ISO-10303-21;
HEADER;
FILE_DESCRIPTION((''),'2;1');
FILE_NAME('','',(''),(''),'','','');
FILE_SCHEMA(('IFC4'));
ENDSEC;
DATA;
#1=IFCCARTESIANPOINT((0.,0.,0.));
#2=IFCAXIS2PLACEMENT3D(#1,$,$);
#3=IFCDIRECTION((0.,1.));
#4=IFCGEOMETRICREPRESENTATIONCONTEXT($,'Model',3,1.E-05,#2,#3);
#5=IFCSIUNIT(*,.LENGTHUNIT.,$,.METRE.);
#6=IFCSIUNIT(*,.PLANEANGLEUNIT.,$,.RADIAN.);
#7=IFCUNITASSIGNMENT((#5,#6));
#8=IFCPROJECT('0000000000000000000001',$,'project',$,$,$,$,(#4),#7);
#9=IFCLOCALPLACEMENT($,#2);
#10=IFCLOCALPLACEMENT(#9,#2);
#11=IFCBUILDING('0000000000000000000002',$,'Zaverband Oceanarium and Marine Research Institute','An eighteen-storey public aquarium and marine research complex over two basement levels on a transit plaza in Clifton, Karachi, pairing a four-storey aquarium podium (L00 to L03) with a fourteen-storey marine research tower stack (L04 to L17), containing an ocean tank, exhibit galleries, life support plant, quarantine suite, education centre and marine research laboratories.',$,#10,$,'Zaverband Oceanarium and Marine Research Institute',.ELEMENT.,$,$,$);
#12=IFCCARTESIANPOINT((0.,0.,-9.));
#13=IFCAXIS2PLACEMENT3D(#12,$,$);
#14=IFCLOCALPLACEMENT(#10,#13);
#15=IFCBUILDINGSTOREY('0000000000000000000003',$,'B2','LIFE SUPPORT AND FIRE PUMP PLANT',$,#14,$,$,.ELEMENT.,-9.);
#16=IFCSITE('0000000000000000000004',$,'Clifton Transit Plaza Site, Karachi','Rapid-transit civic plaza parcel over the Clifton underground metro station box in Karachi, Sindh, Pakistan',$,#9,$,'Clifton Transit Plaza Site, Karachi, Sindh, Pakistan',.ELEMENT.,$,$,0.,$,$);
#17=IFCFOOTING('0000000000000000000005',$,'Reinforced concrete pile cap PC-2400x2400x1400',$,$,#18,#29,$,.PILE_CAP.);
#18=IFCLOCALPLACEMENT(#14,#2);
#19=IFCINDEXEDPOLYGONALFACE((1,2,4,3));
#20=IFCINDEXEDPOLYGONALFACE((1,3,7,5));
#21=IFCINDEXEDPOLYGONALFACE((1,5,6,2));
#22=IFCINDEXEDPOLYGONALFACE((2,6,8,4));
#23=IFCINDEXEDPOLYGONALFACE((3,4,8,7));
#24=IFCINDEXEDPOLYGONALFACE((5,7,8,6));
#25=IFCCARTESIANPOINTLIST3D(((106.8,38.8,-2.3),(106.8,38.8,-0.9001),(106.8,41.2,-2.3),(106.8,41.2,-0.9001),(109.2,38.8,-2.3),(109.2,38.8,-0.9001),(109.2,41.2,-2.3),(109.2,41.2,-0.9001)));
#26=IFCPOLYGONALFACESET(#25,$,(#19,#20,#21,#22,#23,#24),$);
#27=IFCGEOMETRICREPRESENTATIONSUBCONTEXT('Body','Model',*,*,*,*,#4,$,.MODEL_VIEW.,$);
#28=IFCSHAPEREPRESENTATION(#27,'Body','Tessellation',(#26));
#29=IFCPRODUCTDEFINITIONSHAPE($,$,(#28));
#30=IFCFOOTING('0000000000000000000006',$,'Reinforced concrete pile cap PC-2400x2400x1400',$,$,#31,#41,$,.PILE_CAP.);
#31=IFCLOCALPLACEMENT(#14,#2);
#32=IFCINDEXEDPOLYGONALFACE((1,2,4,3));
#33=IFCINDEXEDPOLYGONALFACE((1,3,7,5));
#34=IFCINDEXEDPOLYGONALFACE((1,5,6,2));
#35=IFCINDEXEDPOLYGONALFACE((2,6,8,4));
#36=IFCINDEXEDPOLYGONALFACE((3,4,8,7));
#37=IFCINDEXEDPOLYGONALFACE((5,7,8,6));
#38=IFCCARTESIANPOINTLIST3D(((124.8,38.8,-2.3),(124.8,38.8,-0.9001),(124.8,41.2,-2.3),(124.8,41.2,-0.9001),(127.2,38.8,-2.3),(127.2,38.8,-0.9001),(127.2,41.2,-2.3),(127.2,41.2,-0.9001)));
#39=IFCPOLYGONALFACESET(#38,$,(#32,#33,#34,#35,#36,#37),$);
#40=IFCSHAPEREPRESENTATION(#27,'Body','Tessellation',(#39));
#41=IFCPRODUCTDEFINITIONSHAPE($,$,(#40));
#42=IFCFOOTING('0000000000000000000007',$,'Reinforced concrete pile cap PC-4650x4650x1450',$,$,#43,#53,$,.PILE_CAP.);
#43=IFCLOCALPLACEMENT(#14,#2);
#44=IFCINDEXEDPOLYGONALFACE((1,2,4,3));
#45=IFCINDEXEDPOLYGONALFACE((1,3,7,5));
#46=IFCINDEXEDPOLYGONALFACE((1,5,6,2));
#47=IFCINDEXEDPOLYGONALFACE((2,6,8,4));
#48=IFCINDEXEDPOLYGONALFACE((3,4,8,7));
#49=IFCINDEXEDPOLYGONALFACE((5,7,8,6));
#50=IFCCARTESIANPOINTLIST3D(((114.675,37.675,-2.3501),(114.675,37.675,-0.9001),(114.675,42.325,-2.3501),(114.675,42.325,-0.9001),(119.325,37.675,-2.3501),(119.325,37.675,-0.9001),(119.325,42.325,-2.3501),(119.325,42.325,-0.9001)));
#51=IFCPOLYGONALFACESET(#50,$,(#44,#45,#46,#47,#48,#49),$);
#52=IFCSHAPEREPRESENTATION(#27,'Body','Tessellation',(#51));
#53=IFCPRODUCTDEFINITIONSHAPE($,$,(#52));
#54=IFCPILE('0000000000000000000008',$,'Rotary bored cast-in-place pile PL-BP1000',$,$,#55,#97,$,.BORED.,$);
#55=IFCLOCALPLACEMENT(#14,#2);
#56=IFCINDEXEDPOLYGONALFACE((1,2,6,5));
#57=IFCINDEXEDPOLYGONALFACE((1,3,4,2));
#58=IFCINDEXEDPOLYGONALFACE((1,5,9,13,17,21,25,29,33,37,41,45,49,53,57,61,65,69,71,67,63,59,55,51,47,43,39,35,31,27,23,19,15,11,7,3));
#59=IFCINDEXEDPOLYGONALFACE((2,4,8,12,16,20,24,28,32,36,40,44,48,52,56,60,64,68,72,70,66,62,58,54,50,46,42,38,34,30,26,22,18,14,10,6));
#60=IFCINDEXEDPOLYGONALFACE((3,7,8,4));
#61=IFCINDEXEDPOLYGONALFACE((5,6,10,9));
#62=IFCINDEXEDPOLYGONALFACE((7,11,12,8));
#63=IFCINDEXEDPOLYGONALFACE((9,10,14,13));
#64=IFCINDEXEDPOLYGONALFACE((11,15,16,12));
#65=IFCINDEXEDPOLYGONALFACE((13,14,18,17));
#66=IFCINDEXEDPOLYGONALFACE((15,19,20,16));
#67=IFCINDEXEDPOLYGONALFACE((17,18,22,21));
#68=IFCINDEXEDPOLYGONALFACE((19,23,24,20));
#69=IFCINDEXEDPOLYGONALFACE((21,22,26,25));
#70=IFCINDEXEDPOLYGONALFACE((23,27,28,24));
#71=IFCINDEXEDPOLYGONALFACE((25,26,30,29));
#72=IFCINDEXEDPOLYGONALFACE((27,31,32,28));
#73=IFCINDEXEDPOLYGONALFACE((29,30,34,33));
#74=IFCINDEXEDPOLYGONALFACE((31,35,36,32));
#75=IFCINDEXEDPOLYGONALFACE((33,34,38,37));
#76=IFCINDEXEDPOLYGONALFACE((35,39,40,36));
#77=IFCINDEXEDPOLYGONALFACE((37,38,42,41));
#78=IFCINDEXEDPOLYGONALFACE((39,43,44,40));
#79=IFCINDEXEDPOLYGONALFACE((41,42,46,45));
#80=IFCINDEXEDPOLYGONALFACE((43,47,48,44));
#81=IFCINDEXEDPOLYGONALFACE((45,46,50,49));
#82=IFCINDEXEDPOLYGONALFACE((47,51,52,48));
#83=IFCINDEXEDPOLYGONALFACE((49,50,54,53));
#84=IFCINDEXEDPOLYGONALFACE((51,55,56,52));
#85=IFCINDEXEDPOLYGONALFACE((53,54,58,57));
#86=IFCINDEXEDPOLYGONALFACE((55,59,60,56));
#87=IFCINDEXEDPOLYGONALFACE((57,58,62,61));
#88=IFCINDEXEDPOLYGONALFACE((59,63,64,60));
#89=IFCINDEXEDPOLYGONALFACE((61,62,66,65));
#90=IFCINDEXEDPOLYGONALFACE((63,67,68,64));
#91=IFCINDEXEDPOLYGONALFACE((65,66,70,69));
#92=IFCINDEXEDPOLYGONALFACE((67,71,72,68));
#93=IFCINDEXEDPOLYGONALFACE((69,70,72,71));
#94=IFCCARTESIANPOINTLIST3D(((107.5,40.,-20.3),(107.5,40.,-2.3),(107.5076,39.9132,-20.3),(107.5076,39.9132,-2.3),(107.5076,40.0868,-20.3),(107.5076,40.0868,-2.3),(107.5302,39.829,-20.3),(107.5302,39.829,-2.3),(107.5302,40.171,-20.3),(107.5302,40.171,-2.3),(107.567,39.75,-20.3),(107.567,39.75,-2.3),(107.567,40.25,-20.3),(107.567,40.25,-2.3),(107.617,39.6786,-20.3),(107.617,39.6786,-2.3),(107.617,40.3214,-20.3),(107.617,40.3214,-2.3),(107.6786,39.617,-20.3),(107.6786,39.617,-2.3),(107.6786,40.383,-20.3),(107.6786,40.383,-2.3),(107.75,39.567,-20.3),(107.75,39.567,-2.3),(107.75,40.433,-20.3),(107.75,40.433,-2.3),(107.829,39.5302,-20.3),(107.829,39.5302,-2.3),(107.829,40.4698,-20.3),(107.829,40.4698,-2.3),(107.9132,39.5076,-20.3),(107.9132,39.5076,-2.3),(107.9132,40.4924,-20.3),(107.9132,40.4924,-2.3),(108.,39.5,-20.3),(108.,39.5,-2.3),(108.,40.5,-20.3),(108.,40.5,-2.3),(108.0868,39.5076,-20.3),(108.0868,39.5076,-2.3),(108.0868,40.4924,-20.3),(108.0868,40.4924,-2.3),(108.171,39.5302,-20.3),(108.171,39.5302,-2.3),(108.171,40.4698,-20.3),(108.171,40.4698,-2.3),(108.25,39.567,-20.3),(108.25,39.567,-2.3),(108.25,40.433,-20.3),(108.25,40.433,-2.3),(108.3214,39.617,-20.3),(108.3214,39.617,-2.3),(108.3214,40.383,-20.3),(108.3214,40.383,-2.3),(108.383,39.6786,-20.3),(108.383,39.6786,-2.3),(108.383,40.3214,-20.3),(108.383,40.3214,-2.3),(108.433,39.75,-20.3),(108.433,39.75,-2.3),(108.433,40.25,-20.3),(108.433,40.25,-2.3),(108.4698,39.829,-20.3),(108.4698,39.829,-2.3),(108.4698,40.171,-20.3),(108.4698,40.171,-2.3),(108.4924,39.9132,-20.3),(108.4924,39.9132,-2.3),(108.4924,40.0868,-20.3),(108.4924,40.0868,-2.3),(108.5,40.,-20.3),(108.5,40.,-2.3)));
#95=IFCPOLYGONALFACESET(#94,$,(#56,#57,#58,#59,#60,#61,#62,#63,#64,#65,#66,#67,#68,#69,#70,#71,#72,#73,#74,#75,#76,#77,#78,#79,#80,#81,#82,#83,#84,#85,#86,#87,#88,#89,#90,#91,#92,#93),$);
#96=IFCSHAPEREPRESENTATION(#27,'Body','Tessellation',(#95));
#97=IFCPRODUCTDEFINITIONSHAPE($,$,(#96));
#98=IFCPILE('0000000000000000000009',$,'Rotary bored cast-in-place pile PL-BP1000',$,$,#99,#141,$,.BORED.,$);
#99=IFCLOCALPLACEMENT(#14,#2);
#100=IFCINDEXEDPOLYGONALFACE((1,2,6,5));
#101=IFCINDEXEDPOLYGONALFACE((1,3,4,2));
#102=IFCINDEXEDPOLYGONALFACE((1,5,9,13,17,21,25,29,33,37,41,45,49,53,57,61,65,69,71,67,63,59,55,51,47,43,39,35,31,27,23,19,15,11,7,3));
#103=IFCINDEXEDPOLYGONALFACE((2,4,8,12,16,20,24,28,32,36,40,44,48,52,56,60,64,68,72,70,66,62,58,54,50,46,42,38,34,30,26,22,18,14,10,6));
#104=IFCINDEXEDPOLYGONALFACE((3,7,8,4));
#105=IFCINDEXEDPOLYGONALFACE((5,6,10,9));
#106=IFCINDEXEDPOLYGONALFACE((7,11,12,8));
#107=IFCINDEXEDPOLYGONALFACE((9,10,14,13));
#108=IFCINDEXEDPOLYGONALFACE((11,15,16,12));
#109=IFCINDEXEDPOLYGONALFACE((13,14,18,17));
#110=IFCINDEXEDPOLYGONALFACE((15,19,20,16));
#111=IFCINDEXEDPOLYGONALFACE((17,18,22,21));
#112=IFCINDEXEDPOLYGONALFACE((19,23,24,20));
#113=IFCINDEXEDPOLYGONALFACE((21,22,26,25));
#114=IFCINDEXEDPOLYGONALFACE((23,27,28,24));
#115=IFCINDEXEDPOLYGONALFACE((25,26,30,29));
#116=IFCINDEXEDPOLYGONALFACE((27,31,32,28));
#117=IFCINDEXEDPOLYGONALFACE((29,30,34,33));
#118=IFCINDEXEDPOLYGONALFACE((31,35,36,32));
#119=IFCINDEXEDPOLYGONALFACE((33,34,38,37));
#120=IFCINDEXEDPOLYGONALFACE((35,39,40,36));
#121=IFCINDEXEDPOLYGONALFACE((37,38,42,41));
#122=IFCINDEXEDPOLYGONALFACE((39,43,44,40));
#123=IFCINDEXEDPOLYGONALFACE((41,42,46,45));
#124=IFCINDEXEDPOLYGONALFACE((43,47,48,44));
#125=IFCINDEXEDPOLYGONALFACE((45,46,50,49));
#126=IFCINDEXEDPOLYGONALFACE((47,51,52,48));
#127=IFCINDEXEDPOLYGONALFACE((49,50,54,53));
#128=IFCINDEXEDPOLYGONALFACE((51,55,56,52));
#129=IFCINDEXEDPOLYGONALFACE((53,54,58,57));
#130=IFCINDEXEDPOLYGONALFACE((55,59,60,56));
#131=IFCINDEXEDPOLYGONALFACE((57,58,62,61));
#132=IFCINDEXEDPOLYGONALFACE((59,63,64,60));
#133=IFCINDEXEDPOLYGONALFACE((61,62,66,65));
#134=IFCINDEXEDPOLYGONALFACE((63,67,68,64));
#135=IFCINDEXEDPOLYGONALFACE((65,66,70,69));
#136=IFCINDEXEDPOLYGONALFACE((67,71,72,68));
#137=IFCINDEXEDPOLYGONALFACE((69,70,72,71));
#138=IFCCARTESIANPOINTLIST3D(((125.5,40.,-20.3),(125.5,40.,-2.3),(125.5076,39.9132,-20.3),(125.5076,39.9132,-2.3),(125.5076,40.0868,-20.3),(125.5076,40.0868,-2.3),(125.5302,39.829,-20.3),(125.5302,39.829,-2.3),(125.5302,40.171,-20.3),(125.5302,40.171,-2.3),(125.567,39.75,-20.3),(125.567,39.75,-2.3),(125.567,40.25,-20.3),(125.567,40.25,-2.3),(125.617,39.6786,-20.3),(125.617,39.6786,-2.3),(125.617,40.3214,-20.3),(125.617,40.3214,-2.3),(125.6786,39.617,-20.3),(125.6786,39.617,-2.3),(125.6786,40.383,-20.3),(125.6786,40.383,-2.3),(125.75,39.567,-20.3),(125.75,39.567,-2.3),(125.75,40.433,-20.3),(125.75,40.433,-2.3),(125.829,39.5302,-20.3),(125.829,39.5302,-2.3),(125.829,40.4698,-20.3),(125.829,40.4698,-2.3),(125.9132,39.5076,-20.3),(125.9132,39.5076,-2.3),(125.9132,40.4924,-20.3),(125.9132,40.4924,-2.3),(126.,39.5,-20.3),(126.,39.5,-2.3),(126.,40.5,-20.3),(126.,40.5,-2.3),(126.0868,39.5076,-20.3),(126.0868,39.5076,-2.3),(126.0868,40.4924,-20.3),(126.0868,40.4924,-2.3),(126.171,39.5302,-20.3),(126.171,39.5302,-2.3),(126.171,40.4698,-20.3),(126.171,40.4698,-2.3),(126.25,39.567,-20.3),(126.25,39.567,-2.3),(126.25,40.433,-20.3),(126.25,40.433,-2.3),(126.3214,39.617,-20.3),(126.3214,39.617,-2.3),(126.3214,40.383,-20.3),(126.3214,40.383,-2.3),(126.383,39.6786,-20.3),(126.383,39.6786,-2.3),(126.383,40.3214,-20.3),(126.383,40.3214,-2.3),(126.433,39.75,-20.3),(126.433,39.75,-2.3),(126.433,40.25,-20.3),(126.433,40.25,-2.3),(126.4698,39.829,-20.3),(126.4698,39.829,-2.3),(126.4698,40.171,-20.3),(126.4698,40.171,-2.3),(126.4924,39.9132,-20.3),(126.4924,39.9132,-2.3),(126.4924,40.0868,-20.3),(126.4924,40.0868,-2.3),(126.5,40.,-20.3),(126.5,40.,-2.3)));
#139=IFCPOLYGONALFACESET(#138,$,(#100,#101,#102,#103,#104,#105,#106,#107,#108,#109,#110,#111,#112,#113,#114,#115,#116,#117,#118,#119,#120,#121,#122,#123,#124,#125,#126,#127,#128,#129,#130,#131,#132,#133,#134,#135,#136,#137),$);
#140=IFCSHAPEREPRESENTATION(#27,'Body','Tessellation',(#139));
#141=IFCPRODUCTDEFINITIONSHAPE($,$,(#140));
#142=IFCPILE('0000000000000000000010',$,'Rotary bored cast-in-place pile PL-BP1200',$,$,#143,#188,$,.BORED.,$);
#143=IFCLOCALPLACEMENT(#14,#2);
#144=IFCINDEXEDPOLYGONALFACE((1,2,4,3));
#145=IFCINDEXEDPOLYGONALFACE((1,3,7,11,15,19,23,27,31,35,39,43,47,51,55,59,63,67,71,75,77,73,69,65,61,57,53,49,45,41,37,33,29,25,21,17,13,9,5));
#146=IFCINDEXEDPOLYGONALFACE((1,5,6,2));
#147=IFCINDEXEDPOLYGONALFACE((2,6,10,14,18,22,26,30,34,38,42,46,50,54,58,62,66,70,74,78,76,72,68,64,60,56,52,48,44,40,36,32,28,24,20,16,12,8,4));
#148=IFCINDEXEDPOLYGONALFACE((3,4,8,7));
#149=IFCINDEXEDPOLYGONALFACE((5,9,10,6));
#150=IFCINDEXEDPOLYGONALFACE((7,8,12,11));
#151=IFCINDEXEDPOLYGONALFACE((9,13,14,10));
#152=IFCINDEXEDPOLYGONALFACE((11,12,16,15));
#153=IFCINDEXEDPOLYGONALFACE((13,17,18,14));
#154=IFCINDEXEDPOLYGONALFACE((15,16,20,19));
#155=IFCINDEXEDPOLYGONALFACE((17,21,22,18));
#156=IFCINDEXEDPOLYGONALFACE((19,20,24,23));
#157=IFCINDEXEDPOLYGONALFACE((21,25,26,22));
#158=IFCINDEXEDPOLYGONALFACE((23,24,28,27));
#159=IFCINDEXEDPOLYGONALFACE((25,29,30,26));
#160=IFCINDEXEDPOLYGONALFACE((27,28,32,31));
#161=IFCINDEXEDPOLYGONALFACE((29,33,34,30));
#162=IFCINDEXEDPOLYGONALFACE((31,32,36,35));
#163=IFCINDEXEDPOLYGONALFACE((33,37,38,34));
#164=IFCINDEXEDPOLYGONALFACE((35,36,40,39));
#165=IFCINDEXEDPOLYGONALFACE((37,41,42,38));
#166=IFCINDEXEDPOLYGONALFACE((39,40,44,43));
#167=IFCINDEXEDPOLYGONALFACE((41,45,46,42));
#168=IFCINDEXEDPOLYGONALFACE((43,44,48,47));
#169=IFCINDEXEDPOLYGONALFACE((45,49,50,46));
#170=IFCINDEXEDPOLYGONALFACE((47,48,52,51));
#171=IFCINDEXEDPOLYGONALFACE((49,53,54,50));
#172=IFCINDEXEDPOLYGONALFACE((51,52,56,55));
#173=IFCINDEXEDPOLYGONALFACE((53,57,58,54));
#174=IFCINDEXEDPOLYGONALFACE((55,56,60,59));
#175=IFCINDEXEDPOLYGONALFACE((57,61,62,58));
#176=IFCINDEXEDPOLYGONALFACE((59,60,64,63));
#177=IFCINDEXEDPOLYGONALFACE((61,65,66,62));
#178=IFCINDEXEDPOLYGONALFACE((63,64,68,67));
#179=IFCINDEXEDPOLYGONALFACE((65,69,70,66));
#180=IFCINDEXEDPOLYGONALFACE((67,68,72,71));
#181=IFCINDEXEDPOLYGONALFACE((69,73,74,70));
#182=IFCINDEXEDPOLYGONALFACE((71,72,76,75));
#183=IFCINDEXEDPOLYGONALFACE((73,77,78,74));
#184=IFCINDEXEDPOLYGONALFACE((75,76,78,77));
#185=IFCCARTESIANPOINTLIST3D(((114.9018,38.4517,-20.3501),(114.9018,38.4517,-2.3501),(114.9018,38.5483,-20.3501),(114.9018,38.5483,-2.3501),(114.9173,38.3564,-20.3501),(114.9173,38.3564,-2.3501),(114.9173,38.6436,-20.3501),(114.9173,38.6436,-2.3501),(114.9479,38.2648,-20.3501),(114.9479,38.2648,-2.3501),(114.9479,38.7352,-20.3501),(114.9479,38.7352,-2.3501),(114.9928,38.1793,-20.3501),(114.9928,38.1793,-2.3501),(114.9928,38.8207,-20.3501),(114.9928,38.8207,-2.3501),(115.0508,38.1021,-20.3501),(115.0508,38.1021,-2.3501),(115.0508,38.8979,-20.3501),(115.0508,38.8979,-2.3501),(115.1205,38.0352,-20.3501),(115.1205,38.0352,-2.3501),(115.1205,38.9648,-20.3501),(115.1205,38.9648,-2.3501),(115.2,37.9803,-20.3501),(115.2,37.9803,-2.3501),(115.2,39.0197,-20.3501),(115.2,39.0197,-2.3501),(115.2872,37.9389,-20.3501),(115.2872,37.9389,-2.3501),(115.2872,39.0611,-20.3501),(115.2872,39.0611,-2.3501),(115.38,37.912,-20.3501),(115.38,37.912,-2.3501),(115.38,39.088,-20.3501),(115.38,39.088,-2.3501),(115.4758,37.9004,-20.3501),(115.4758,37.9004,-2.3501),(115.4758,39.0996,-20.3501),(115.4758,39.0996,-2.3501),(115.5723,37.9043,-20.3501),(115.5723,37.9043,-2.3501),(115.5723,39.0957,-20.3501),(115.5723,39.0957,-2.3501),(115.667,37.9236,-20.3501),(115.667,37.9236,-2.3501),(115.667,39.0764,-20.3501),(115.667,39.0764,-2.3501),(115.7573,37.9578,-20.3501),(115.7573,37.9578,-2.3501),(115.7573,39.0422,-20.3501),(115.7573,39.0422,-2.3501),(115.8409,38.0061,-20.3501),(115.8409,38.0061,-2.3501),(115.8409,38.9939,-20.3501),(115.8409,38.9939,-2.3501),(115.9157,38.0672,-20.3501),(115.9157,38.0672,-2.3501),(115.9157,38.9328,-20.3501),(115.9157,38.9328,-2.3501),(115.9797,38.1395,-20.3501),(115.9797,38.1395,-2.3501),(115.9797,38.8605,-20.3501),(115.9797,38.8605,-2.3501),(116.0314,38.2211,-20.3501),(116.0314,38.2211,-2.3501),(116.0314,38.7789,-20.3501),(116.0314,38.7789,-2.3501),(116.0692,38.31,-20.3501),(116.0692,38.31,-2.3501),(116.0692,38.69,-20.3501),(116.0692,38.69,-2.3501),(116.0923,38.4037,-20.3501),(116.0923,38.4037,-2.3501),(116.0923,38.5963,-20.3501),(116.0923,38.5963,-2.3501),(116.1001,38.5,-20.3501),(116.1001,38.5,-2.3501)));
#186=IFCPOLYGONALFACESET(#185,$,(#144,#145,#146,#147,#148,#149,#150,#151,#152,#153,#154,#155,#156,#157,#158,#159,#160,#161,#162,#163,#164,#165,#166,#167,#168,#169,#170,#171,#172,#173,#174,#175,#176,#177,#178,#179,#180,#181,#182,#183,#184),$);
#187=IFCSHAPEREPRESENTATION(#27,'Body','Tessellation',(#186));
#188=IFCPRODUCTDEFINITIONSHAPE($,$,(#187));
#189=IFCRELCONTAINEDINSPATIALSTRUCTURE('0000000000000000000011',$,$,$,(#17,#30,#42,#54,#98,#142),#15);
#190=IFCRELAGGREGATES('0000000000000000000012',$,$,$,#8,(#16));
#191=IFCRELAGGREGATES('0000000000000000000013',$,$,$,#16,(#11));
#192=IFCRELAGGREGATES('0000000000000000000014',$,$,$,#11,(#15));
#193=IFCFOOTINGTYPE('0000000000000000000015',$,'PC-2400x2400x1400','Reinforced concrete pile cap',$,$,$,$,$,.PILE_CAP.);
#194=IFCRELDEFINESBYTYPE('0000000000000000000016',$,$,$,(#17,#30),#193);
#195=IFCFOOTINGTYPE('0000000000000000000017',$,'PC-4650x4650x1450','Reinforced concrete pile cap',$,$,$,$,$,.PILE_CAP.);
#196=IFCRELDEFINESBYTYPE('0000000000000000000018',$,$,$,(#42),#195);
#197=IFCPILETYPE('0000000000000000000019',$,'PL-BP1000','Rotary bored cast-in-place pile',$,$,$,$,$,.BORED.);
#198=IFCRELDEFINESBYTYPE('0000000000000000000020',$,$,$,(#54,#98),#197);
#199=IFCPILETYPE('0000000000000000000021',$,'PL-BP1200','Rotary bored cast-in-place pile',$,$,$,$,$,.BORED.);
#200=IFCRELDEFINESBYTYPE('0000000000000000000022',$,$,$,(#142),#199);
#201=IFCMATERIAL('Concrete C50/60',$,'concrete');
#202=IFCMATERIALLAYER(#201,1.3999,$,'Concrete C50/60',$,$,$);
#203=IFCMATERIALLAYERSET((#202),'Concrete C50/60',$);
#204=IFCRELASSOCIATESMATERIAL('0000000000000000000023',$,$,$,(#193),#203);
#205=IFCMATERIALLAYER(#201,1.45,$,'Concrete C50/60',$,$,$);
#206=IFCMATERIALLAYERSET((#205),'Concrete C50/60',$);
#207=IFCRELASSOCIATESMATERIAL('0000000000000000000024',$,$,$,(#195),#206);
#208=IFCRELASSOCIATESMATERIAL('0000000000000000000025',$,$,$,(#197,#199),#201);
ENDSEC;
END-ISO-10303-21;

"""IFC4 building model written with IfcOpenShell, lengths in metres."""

from ifc_helpers import new_model, si_unit, direction, frame, origin, origin_2d, place, context, subcontext, project, spatial, rectangle, circle, extrude, material, layer, layer_set, material_profile, profile_set, type_object, element, save


model = new_model("IFC4")

# Units and contexts
model_context = context("Model", 3, precision=1e-05, world=origin(), true_north=direction((0.0, 1.0)))
body_context = subcontext(model_context, "Body", "Model", "MODEL_VIEW")
ifc_project = project(units=[si_unit("LENGTHUNIT", "METRE"), si_unit("PLANEANGLEUNIT", "RADIAN")], contexts=[model_context])

# Site, building, storey
site_placement = place(None, origin())
site = spatial("IfcSite", under=ifc_project, at=site_placement, Name="Clifton Transit Plaza Site, Karachi", Description="Rapid-transit civic plaza parcel over the Clifton underground metro station box in Karachi, Sindh, Pakistan", LongName="Clifton Transit Plaza Site, Karachi, Sindh, Pakistan", CompositionType="ELEMENT", RefElevation=0.0)
building_placement = place(site_placement, origin())
building = spatial("IfcBuilding", under=site, at=building_placement, Name="Zaverband Oceanarium and Marine Research Institute", Description="An eighteen-storey public aquarium and marine research complex over two basement levels on a transit plaza in Clifton, Karachi, pairing a four-storey aquarium podium (L00 to L03) with a fourteen-storey marine research tower stack (L04 to L17), containing an ocean tank, exhibit galleries, life support plant, quarantine suite, education centre and marine research laboratories.", LongName="Zaverband Oceanarium and Marine Research Institute", CompositionType="ELEMENT")
storey_placement = place(building_placement, frame((0.0, 0.0, -9.0)))
storey = spatial("IfcBuildingStorey", under=building, at=storey_placement, Name="B2", Description="LIFE SUPPORT AND FIRE PUMP PLANT", CompositionType="ELEMENT", Elevation=-9.0)

# Footings
ifc_material_1 = material(Name="Concrete C50/60", Category="concrete")
ifc_layer_1 = layer(ifc_material_1, 1.3999, Name="Concrete C50/60")
ifc_layer_set_1 = layer_set([ifc_layer_1], Name="Concrete C50/60")
footing_type_1 = type_object("IfcFootingType", Name="PC-2400x2400x1400", Description="Reinforced concrete pile cap", PredefinedType="PILE_CAP", material=ifc_layer_set_1)
for number, where, z_axis, x_axis, name in (
    (1, (108.0, 40.0, -2.3), (0.0, 0.0, 1.0), (1.0, 0.0, 0.0), "Reinforced concrete pile cap PC-2400x2400x1400"),
    (2, (126.0, 40.0, -2.3), (0.0, 0.0, 1.0), (1.0, 0.0, 0.0), "Reinforced concrete pile cap PC-2400x2400x1400"),
):
    element("IfcFooting", number, at=place(storey_placement, frame(where, z_axis=z_axis, x_axis=x_axis)), inside=storey, type_object=footing_type_1, Name=name, PredefinedType="PILE_CAP", context=body_context, shape_type="SweptSolid", body=[
        extrude(rectangle(XDim=2.3999, YDim=2.3999, at=origin_2d()), origin(), (0.0, 0.0, 1.0), 1.3999),
    ])
ifc_layer_2 = layer(ifc_material_1, 1.45, Name="Concrete C50/60")
ifc_layer_set_2 = layer_set([ifc_layer_2], Name="Concrete C50/60")
footing_type_2 = type_object("IfcFootingType", Name="PC-4650x4650x1450", Description="Reinforced concrete pile cap", PredefinedType="PILE_CAP", material=ifc_layer_set_2)
footing_placement = place(storey_placement, frame((117.0, 40.0, -2.3501), z_axis=(0.0, 0.0, 1.0), x_axis=(1.0, 0.0, 0.0)))
element("IfcFooting", 3, at=footing_placement, inside=storey, type_object=footing_type_2, Name="Reinforced concrete pile cap PC-4650x4650x1450", PredefinedType="PILE_CAP", context=body_context, shape_type="SweptSolid", body=[
    extrude(rectangle(XDim=4.6499, YDim=4.6499, at=origin_2d()), origin(), (0.0, 0.0, 1.0), 1.45),
])

# Piles
ifc_material_profile_1 = material_profile(ifc_material_1, circle(Radius=0.5, at=origin_2d()), Name="BP1000")
ifc_profile_set_1 = profile_set([ifc_material_profile_1], Name="Concrete C50/60")
pile_type_1 = type_object("IfcPileType", Name="PL-BP1000", Description="Rotary bored cast-in-place pile", PredefinedType="BORED", material=ifc_profile_set_1)
for number, where, z_axis, x_axis, name in (
    (4, (108.0, 40.0, -2.3), (0.0, 0.0, -1.0), (1.0, 0.0, 0.0), "Rotary bored cast-in-place pile PL-BP1000"),
    (5, (126.0, 40.0, -2.3), (0.0, 0.0, -1.0), (1.0, 0.0, 0.0), "Rotary bored cast-in-place pile PL-BP1000"),
):
    element("IfcPile", number, at=place(storey_placement, frame(where, z_axis=z_axis, x_axis=x_axis)), inside=storey, type_object=pile_type_1, Name=name, PredefinedType="BORED", context=body_context, shape_type="SweptSolid", body=[
        extrude(circle(Radius=0.5, at=origin_2d()), origin(), (0.0, 0.0, 1.0), 18.0),
    ])
ifc_material_profile_2 = material_profile(ifc_material_1, circle(Radius=0.6001, at=origin_2d()), Name="BP1200")
ifc_profile_set_2 = profile_set([ifc_material_profile_2], Name="Concrete C50/60")
pile_type_2 = type_object("IfcPileType", Name="PL-BP1200", Description="Rotary bored cast-in-place pile", PredefinedType="BORED", material=ifc_profile_set_2)
for number, where, z_axis, x_axis, name in (
    (6, (115.5, 38.5, -2.3501), (0.0, 0.0, -1.0), (1.0, 0.0, 0.0), "Rotary bored cast-in-place pile PL-BP1200"),
):
    element("IfcPile", number, at=place(storey_placement, frame(where, z_axis=z_axis, x_axis=x_axis)), inside=storey, type_object=pile_type_2, Name=name, PredefinedType="BORED", context=body_context, shape_type="SweptSolid", body=[
        extrude(circle(Radius=0.6001, at=origin_2d()), origin(), (0.0, 0.0, 1.0), 18.0),
    ])

save(model, "model.ifc")
